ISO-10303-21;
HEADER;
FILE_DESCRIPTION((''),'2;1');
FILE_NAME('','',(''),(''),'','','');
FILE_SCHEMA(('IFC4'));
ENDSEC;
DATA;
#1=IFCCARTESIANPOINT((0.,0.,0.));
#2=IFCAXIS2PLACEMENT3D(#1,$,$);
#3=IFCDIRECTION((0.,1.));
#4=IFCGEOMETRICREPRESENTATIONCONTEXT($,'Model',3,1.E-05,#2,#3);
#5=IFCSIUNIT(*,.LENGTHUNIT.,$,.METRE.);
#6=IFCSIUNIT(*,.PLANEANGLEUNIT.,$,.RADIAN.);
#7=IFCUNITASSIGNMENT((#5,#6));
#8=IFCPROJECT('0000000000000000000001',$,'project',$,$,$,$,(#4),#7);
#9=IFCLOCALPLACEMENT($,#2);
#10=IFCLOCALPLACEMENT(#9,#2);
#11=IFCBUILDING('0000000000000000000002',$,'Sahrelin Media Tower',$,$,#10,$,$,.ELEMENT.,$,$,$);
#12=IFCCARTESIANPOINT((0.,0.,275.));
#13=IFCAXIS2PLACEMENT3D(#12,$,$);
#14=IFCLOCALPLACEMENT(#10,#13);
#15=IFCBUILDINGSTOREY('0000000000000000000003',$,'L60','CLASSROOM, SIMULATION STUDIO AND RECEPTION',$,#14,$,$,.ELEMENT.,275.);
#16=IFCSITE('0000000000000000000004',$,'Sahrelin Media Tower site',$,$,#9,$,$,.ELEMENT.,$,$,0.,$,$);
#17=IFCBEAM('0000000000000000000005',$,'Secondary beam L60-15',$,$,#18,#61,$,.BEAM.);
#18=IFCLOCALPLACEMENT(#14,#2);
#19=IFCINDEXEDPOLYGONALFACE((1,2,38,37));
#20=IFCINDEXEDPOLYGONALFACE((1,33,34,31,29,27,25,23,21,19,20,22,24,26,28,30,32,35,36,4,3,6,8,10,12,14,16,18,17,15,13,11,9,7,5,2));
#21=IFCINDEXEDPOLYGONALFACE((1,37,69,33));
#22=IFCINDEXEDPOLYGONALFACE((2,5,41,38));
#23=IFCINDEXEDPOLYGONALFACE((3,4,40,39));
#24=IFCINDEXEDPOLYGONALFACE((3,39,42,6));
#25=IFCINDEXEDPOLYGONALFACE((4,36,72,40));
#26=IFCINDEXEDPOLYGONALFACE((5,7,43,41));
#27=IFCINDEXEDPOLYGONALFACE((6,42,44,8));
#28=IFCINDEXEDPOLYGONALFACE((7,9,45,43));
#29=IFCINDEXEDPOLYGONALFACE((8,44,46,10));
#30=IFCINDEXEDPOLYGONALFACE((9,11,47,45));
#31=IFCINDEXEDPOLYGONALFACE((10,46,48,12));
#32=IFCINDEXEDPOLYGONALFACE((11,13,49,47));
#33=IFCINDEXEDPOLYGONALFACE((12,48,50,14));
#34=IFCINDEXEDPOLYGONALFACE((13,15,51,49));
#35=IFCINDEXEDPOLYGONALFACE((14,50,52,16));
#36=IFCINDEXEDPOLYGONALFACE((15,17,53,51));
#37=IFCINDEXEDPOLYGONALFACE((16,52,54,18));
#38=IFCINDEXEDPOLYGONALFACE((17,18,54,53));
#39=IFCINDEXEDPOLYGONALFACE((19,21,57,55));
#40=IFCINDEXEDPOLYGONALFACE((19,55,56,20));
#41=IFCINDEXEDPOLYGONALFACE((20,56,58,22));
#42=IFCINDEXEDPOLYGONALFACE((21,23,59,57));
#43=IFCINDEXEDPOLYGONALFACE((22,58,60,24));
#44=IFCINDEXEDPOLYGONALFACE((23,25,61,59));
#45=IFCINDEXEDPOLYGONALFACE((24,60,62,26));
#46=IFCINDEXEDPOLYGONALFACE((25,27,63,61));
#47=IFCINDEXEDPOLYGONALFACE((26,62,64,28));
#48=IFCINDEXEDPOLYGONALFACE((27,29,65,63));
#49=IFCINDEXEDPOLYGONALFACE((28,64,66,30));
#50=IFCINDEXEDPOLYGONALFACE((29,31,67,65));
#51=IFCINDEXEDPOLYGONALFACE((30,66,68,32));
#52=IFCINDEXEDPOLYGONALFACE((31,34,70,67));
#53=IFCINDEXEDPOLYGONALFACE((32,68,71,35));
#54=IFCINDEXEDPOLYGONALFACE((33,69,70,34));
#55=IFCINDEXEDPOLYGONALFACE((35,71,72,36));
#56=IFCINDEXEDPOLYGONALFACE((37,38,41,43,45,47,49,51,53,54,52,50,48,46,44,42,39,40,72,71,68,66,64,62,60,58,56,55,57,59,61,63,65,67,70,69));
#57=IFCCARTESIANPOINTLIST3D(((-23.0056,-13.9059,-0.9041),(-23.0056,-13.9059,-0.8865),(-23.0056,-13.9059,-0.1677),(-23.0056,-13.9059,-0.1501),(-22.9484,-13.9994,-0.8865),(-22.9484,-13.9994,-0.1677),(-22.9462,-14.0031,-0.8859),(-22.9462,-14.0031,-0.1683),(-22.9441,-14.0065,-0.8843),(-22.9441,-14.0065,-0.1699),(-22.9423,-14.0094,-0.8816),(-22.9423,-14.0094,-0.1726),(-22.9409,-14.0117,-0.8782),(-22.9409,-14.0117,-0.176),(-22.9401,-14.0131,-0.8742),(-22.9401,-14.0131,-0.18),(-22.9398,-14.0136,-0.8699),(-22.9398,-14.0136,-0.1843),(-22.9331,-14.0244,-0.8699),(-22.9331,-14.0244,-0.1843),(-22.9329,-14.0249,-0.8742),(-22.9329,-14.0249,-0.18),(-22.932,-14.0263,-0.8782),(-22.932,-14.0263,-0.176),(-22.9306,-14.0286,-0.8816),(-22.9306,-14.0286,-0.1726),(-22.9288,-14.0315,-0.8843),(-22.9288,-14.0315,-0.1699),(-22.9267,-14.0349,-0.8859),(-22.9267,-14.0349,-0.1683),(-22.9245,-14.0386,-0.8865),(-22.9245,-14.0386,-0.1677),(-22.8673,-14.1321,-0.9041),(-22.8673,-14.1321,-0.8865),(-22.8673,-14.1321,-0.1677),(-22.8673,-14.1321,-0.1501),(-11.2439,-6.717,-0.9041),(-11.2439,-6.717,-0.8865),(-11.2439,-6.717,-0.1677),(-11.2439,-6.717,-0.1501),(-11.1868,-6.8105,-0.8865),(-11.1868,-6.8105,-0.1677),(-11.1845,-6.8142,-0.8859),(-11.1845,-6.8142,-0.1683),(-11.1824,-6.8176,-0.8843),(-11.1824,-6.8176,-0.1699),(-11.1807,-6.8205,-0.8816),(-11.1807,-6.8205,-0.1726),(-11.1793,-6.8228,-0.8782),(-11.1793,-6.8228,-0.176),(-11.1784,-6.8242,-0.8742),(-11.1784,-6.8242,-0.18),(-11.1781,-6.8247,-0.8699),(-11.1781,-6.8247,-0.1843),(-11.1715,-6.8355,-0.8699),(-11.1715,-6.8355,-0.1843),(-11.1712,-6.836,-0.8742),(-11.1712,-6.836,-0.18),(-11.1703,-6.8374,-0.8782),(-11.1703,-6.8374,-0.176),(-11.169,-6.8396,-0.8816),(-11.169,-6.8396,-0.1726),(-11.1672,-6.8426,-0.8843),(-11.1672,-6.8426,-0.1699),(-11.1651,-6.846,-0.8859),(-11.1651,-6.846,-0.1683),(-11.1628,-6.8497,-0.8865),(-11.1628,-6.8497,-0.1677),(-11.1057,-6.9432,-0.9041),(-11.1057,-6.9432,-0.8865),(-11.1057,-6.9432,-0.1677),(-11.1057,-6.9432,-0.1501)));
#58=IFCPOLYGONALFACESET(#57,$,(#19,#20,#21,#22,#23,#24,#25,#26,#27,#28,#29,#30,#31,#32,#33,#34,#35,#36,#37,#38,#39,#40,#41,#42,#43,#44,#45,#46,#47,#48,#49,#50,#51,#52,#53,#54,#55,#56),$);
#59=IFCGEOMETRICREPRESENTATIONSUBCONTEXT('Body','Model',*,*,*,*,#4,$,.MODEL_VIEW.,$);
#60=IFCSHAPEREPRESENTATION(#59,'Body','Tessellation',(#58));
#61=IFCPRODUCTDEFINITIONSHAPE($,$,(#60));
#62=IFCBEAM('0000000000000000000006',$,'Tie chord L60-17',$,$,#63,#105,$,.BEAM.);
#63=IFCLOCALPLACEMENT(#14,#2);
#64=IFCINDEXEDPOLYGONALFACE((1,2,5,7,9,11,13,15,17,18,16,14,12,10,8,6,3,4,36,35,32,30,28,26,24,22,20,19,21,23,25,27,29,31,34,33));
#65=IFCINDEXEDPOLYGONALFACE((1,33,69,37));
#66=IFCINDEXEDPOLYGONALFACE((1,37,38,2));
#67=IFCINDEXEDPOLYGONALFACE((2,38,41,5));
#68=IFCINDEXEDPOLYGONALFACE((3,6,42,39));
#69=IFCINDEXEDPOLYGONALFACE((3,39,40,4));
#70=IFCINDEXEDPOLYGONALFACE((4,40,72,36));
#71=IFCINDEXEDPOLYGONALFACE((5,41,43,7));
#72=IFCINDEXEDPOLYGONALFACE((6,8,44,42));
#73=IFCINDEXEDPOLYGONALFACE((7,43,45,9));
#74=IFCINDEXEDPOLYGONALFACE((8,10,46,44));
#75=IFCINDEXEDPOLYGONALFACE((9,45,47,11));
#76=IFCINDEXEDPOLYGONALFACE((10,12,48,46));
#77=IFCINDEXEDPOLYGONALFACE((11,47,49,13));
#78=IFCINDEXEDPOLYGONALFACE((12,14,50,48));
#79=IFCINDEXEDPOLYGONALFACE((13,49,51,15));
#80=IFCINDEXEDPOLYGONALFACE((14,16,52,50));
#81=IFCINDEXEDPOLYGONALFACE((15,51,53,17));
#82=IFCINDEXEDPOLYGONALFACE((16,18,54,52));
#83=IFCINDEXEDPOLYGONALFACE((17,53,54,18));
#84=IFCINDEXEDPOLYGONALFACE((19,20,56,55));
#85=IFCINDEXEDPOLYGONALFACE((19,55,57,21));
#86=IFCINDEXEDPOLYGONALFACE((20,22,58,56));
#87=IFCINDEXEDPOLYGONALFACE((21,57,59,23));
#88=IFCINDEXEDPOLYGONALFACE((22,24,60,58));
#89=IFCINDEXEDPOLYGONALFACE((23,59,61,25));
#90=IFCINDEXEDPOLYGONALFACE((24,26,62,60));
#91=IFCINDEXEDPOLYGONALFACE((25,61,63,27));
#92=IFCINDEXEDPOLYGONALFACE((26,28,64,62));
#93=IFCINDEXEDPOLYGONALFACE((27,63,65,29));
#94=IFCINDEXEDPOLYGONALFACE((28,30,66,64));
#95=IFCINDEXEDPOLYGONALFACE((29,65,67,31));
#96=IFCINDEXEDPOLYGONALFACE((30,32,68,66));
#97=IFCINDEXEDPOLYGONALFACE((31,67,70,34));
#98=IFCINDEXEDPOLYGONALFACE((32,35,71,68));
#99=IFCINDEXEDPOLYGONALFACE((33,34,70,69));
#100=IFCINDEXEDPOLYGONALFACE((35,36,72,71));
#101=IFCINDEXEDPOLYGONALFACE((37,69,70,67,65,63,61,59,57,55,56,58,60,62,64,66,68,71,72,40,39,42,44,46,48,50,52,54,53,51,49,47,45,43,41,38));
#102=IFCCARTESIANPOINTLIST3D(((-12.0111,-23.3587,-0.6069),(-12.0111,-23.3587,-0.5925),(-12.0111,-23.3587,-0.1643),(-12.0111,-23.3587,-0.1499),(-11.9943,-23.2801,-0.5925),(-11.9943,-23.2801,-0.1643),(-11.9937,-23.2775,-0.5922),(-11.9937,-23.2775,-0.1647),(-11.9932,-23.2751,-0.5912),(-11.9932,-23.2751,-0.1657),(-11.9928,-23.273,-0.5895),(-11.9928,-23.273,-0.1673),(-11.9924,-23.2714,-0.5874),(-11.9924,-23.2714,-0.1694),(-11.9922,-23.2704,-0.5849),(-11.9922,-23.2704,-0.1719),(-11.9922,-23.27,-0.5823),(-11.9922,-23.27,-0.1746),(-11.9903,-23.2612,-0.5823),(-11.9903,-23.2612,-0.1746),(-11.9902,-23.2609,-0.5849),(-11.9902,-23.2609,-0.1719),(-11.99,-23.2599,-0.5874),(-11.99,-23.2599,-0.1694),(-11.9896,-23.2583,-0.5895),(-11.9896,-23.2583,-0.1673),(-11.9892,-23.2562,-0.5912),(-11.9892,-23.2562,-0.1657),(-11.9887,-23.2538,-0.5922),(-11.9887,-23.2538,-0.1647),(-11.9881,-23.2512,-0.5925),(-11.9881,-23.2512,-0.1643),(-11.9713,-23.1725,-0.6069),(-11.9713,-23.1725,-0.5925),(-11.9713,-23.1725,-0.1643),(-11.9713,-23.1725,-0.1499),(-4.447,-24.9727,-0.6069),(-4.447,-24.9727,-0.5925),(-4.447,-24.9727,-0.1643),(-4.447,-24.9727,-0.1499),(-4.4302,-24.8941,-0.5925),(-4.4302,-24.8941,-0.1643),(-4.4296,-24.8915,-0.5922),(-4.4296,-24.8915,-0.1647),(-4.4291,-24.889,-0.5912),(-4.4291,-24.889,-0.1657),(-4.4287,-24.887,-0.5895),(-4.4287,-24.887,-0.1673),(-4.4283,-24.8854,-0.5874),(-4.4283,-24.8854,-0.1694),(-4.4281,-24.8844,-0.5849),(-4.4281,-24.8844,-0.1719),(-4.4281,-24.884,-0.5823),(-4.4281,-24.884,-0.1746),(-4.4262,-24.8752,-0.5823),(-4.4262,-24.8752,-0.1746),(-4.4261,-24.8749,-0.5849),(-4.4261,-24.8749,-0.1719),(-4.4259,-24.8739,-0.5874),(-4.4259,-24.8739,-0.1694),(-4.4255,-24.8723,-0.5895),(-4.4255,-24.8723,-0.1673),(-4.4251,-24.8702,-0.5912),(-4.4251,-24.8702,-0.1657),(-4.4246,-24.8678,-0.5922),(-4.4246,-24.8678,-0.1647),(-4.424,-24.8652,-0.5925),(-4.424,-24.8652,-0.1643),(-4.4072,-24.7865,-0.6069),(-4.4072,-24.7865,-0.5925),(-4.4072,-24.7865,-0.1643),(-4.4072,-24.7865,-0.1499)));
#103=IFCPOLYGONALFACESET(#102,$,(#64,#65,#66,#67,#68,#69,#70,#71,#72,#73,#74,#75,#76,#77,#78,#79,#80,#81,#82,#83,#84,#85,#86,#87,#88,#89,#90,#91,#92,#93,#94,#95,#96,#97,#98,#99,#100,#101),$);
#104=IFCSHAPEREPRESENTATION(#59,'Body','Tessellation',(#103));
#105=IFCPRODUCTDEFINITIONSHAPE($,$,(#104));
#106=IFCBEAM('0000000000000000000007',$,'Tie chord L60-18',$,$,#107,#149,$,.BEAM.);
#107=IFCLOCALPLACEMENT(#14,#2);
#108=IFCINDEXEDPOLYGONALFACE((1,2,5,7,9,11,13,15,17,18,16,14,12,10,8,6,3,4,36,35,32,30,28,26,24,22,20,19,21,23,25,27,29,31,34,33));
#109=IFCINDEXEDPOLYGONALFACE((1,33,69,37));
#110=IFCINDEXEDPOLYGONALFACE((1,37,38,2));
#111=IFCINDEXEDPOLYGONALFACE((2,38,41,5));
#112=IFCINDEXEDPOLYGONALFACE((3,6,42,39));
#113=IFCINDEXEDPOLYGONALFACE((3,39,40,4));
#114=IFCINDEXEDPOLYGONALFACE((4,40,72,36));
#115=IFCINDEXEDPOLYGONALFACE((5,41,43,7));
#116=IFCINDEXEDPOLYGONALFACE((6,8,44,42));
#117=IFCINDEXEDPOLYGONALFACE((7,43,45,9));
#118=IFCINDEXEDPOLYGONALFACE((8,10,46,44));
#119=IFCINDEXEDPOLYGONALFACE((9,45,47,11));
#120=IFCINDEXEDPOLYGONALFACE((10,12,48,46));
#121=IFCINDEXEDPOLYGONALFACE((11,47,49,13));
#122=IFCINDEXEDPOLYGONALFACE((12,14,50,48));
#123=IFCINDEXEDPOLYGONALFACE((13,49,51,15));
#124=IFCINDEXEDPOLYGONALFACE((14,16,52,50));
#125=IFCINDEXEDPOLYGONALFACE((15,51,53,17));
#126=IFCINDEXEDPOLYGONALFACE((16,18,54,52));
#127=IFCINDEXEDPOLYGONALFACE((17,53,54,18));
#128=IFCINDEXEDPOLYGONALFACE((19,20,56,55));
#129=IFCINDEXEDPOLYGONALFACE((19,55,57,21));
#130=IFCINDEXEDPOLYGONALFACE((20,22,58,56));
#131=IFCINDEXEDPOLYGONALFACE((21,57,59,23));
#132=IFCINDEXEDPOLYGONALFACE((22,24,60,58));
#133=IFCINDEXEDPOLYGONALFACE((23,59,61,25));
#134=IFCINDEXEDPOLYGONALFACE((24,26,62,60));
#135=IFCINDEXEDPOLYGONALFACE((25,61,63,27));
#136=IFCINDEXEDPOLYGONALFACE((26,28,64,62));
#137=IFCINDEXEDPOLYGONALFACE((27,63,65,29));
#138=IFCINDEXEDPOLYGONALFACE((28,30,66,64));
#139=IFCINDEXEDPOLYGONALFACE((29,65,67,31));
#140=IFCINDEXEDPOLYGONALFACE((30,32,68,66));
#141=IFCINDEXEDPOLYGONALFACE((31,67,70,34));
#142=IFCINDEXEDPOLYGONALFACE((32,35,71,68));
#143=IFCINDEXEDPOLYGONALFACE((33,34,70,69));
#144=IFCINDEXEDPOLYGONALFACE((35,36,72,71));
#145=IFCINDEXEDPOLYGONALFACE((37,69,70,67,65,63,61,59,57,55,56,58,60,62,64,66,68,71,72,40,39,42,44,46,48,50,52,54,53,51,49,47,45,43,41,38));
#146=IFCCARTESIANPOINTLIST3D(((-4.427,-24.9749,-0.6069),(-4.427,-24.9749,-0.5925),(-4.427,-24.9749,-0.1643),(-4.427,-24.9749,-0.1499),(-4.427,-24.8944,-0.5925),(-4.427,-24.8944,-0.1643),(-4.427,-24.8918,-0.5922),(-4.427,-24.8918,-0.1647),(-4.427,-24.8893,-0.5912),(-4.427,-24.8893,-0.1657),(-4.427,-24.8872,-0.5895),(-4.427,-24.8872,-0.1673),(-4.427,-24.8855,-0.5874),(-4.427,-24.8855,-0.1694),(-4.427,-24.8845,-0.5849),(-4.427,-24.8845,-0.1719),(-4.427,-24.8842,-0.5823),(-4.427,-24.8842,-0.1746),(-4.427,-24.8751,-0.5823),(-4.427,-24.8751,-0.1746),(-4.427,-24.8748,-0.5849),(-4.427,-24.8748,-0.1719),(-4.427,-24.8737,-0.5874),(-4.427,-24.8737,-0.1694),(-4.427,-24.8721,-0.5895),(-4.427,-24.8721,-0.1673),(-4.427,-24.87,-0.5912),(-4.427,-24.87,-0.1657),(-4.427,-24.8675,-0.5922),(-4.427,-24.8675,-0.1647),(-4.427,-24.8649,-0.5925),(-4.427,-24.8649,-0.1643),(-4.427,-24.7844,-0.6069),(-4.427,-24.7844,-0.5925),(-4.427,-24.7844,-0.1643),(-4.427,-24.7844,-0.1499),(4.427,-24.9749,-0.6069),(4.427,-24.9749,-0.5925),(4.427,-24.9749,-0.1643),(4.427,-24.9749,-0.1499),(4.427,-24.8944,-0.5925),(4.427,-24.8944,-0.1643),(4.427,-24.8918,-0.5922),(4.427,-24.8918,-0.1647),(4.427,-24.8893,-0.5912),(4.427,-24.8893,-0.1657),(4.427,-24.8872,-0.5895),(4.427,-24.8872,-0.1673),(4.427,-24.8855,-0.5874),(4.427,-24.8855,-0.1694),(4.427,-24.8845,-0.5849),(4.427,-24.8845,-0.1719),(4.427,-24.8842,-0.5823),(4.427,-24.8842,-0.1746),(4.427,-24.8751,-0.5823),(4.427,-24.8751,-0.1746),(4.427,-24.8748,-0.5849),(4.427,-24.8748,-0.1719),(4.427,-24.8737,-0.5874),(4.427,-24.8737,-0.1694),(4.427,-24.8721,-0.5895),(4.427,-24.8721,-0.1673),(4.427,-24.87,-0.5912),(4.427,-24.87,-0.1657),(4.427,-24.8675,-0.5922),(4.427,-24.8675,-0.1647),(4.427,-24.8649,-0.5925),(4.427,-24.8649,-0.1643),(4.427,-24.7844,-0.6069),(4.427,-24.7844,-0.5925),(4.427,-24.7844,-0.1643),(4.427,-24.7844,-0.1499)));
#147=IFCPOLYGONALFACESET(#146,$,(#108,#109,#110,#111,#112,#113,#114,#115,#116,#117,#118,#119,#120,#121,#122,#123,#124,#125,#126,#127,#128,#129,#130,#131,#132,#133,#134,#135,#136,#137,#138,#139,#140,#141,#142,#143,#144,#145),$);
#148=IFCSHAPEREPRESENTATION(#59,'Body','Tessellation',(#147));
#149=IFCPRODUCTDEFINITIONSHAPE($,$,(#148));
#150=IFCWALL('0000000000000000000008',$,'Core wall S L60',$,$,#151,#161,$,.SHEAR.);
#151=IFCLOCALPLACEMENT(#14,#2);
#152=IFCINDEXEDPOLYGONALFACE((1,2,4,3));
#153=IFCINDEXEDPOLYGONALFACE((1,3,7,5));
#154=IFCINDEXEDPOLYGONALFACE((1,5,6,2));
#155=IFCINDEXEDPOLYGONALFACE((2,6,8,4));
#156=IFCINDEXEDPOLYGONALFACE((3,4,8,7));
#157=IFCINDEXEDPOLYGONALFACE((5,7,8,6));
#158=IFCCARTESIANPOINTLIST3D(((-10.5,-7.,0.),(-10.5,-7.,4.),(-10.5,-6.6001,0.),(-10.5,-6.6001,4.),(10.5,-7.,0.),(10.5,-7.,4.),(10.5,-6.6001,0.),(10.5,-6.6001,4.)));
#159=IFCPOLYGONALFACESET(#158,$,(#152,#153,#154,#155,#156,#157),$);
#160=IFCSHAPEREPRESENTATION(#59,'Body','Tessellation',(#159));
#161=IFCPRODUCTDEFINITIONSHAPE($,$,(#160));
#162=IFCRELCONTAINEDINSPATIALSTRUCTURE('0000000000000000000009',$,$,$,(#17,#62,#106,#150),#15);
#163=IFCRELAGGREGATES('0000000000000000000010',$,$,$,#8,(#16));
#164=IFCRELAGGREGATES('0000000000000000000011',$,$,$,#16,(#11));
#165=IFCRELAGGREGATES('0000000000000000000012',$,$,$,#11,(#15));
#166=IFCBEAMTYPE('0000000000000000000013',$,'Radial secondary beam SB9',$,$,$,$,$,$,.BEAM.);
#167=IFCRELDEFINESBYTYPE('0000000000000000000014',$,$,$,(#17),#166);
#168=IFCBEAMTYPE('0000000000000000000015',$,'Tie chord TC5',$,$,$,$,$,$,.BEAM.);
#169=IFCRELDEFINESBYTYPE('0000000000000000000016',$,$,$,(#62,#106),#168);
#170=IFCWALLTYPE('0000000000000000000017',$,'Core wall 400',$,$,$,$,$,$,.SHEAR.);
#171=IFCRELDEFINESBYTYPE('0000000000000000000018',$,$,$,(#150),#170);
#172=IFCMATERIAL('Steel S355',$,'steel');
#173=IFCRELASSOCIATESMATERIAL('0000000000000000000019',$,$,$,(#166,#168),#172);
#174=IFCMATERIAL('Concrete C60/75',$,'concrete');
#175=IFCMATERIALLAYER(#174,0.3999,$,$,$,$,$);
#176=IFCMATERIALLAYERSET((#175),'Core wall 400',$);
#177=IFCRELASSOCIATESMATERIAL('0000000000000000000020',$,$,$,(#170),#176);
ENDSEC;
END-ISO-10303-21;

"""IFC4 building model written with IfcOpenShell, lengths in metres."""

from ifc_helpers import new_model, si_unit, direction, frame, frame_2d, origin, origin_2d, place, context, subcontext, project, spatial, rectangle, i_section, extrude, material, layer, layer_set, material_profile, profile_set, type_object, element, save


model = new_model("IFC4")

# Units and contexts
model_context = context("Model", 3, precision=1e-05, world=origin(), true_north=direction((0.0, 1.0)))
body_context = subcontext(model_context, "Body", "Model", "MODEL_VIEW")
ifc_project = project(units=[si_unit("LENGTHUNIT", "METRE"), si_unit("PLANEANGLEUNIT", "RADIAN")], contexts=[model_context])

# Site, building, storey
site_placement = place(None, origin())
site = spatial("IfcSite", under=ifc_project, at=site_placement, Name="Sahrelin Media Tower site", CompositionType="ELEMENT", RefElevation=0.0)
building_placement = place(site_placement, origin())
building = spatial("IfcBuilding", under=site, at=building_placement, Name="Sahrelin Media Tower", CompositionType="ELEMENT")
storey_placement = place(building_placement, frame((0.0, 0.0, 275.0)))
storey = spatial("IfcBuildingStorey", under=building, at=storey_placement, Name="L60", Description="CLASSROOM, SIMULATION STUDIO AND RECEPTION", CompositionType="ELEMENT", Elevation=275.0)

# Beams
ifc_material_1 = material(Name="Steel S355", Category="steel")
ifc_material_profile_1 = material_profile(ifc_material_1, i_section(OverallWidth=0.2651, OverallDepth=0.7539, WebThickness=0.0127, FlangeThickness=0.0176, FilletRadius=0.0166, at=origin_2d()), Name="UB 762x267x147")
ifc_profile_set_1 = profile_set([ifc_material_profile_1], Name="Steel S355")
beam_type_1 = type_object("IfcBeamType", Name="Radial secondary beam SB9", PredefinedType="BEAM", material=ifc_profile_set_1)
beam_1_placement = place(storey_placement, frame((-11.1748, -6.8301, -0.5271), z_axis=(-0.853242, -0.521516, 0.0), x_axis=(0.521516, -0.853242, 0.0)))
element("IfcBeam", 1, at=beam_1_placement, inside=storey, type_object=beam_type_1, Name="Secondary beam L60-15", PredefinedType="BEAM", context=body_context, shape_type="SweptSolid", body=[
    extrude(i_section(OverallWidth=0.2651, OverallDepth=0.7539, WebThickness=0.0127, FlangeThickness=0.0176, FilletRadius=0.0166, at=origin_2d()), origin(), (0.0, 0.0, 1.0), 13.7847),
])
ifc_material_profile_2 = material_profile(ifc_material_1, i_section(OverallWidth=0.1904, OverallDepth=0.457, WebThickness=0.009, FlangeThickness=0.0144, FilletRadius=0.0103, at=origin_2d()), Name="UB 457x191x74")
ifc_profile_set_2 = profile_set([ifc_material_profile_2], Name="Steel S355")
beam_type_2 = type_object("IfcBeamType", Name="Tie chord TC5", PredefinedType="BEAM", material=ifc_profile_set_2)
beam_2_placement = place(storey_placement, frame((-11.9912, -23.2656, -0.3784), z_axis=(0.977985, -0.208678, 0.0), x_axis=(0.208678, 0.977985, 0.0)))
element("IfcBeam", 2, at=beam_2_placement, inside=storey, type_object=beam_type_2, Name="Tie chord L60-17", PredefinedType="BEAM", context=body_context, shape_type="SweptSolid", body=[
    extrude(i_section(OverallWidth=0.1904, OverallDepth=0.457, WebThickness=0.009, FlangeThickness=0.0144, FilletRadius=0.0103, at=origin_2d()), origin(), (0.0, 0.0, 1.0), 7.7344),
])
beam_3_placement = place(storey_placement, frame((-4.427, -24.8796, -0.3784), z_axis=(1.0, 0.0, 0.0), x_axis=(0.0, 1.0, 0.0)))
element("IfcBeam", 3, at=beam_3_placement, inside=storey, type_object=beam_type_2, Name="Tie chord L60-18", PredefinedType="BEAM", context=body_context, shape_type="SweptSolid", body=[
    extrude(i_section(OverallWidth=0.1904, OverallDepth=0.457, WebThickness=0.009, FlangeThickness=0.0144, FilletRadius=0.0103, at=origin_2d()), origin(), (0.0, 0.0, 1.0), 8.854),
])

# Wall
ifc_material_2 = material(Name="Concrete C60/75", Category="concrete")
ifc_layer_1 = layer(ifc_material_2, 0.3999)
ifc_layer_set_1 = layer_set([ifc_layer_1], Name="Core wall 400")
wall_type_1 = type_object("IfcWallType", Name="Core wall 400", PredefinedType="SHEAR", material=ifc_layer_set_1)
wall_1_placement = place(storey_placement, frame((-10.5, -6.8, 0.0), z_axis=(0.0, 0.0, 1.0), x_axis=(1.0, 0.0, 0.0)))
element("IfcWall", 4, at=wall_1_placement, inside=storey, type_object=wall_type_1, Name="Core wall S L60", PredefinedType="SHEAR", context=body_context, shape_type="SweptSolid", body=[
    extrude(rectangle(XDim=21.0, YDim=0.3999, at=frame_2d((10.5, 0.0))), origin(), (0.0, 0.0, 1.0), 4.0),
])

save(model, "model.ifc")
